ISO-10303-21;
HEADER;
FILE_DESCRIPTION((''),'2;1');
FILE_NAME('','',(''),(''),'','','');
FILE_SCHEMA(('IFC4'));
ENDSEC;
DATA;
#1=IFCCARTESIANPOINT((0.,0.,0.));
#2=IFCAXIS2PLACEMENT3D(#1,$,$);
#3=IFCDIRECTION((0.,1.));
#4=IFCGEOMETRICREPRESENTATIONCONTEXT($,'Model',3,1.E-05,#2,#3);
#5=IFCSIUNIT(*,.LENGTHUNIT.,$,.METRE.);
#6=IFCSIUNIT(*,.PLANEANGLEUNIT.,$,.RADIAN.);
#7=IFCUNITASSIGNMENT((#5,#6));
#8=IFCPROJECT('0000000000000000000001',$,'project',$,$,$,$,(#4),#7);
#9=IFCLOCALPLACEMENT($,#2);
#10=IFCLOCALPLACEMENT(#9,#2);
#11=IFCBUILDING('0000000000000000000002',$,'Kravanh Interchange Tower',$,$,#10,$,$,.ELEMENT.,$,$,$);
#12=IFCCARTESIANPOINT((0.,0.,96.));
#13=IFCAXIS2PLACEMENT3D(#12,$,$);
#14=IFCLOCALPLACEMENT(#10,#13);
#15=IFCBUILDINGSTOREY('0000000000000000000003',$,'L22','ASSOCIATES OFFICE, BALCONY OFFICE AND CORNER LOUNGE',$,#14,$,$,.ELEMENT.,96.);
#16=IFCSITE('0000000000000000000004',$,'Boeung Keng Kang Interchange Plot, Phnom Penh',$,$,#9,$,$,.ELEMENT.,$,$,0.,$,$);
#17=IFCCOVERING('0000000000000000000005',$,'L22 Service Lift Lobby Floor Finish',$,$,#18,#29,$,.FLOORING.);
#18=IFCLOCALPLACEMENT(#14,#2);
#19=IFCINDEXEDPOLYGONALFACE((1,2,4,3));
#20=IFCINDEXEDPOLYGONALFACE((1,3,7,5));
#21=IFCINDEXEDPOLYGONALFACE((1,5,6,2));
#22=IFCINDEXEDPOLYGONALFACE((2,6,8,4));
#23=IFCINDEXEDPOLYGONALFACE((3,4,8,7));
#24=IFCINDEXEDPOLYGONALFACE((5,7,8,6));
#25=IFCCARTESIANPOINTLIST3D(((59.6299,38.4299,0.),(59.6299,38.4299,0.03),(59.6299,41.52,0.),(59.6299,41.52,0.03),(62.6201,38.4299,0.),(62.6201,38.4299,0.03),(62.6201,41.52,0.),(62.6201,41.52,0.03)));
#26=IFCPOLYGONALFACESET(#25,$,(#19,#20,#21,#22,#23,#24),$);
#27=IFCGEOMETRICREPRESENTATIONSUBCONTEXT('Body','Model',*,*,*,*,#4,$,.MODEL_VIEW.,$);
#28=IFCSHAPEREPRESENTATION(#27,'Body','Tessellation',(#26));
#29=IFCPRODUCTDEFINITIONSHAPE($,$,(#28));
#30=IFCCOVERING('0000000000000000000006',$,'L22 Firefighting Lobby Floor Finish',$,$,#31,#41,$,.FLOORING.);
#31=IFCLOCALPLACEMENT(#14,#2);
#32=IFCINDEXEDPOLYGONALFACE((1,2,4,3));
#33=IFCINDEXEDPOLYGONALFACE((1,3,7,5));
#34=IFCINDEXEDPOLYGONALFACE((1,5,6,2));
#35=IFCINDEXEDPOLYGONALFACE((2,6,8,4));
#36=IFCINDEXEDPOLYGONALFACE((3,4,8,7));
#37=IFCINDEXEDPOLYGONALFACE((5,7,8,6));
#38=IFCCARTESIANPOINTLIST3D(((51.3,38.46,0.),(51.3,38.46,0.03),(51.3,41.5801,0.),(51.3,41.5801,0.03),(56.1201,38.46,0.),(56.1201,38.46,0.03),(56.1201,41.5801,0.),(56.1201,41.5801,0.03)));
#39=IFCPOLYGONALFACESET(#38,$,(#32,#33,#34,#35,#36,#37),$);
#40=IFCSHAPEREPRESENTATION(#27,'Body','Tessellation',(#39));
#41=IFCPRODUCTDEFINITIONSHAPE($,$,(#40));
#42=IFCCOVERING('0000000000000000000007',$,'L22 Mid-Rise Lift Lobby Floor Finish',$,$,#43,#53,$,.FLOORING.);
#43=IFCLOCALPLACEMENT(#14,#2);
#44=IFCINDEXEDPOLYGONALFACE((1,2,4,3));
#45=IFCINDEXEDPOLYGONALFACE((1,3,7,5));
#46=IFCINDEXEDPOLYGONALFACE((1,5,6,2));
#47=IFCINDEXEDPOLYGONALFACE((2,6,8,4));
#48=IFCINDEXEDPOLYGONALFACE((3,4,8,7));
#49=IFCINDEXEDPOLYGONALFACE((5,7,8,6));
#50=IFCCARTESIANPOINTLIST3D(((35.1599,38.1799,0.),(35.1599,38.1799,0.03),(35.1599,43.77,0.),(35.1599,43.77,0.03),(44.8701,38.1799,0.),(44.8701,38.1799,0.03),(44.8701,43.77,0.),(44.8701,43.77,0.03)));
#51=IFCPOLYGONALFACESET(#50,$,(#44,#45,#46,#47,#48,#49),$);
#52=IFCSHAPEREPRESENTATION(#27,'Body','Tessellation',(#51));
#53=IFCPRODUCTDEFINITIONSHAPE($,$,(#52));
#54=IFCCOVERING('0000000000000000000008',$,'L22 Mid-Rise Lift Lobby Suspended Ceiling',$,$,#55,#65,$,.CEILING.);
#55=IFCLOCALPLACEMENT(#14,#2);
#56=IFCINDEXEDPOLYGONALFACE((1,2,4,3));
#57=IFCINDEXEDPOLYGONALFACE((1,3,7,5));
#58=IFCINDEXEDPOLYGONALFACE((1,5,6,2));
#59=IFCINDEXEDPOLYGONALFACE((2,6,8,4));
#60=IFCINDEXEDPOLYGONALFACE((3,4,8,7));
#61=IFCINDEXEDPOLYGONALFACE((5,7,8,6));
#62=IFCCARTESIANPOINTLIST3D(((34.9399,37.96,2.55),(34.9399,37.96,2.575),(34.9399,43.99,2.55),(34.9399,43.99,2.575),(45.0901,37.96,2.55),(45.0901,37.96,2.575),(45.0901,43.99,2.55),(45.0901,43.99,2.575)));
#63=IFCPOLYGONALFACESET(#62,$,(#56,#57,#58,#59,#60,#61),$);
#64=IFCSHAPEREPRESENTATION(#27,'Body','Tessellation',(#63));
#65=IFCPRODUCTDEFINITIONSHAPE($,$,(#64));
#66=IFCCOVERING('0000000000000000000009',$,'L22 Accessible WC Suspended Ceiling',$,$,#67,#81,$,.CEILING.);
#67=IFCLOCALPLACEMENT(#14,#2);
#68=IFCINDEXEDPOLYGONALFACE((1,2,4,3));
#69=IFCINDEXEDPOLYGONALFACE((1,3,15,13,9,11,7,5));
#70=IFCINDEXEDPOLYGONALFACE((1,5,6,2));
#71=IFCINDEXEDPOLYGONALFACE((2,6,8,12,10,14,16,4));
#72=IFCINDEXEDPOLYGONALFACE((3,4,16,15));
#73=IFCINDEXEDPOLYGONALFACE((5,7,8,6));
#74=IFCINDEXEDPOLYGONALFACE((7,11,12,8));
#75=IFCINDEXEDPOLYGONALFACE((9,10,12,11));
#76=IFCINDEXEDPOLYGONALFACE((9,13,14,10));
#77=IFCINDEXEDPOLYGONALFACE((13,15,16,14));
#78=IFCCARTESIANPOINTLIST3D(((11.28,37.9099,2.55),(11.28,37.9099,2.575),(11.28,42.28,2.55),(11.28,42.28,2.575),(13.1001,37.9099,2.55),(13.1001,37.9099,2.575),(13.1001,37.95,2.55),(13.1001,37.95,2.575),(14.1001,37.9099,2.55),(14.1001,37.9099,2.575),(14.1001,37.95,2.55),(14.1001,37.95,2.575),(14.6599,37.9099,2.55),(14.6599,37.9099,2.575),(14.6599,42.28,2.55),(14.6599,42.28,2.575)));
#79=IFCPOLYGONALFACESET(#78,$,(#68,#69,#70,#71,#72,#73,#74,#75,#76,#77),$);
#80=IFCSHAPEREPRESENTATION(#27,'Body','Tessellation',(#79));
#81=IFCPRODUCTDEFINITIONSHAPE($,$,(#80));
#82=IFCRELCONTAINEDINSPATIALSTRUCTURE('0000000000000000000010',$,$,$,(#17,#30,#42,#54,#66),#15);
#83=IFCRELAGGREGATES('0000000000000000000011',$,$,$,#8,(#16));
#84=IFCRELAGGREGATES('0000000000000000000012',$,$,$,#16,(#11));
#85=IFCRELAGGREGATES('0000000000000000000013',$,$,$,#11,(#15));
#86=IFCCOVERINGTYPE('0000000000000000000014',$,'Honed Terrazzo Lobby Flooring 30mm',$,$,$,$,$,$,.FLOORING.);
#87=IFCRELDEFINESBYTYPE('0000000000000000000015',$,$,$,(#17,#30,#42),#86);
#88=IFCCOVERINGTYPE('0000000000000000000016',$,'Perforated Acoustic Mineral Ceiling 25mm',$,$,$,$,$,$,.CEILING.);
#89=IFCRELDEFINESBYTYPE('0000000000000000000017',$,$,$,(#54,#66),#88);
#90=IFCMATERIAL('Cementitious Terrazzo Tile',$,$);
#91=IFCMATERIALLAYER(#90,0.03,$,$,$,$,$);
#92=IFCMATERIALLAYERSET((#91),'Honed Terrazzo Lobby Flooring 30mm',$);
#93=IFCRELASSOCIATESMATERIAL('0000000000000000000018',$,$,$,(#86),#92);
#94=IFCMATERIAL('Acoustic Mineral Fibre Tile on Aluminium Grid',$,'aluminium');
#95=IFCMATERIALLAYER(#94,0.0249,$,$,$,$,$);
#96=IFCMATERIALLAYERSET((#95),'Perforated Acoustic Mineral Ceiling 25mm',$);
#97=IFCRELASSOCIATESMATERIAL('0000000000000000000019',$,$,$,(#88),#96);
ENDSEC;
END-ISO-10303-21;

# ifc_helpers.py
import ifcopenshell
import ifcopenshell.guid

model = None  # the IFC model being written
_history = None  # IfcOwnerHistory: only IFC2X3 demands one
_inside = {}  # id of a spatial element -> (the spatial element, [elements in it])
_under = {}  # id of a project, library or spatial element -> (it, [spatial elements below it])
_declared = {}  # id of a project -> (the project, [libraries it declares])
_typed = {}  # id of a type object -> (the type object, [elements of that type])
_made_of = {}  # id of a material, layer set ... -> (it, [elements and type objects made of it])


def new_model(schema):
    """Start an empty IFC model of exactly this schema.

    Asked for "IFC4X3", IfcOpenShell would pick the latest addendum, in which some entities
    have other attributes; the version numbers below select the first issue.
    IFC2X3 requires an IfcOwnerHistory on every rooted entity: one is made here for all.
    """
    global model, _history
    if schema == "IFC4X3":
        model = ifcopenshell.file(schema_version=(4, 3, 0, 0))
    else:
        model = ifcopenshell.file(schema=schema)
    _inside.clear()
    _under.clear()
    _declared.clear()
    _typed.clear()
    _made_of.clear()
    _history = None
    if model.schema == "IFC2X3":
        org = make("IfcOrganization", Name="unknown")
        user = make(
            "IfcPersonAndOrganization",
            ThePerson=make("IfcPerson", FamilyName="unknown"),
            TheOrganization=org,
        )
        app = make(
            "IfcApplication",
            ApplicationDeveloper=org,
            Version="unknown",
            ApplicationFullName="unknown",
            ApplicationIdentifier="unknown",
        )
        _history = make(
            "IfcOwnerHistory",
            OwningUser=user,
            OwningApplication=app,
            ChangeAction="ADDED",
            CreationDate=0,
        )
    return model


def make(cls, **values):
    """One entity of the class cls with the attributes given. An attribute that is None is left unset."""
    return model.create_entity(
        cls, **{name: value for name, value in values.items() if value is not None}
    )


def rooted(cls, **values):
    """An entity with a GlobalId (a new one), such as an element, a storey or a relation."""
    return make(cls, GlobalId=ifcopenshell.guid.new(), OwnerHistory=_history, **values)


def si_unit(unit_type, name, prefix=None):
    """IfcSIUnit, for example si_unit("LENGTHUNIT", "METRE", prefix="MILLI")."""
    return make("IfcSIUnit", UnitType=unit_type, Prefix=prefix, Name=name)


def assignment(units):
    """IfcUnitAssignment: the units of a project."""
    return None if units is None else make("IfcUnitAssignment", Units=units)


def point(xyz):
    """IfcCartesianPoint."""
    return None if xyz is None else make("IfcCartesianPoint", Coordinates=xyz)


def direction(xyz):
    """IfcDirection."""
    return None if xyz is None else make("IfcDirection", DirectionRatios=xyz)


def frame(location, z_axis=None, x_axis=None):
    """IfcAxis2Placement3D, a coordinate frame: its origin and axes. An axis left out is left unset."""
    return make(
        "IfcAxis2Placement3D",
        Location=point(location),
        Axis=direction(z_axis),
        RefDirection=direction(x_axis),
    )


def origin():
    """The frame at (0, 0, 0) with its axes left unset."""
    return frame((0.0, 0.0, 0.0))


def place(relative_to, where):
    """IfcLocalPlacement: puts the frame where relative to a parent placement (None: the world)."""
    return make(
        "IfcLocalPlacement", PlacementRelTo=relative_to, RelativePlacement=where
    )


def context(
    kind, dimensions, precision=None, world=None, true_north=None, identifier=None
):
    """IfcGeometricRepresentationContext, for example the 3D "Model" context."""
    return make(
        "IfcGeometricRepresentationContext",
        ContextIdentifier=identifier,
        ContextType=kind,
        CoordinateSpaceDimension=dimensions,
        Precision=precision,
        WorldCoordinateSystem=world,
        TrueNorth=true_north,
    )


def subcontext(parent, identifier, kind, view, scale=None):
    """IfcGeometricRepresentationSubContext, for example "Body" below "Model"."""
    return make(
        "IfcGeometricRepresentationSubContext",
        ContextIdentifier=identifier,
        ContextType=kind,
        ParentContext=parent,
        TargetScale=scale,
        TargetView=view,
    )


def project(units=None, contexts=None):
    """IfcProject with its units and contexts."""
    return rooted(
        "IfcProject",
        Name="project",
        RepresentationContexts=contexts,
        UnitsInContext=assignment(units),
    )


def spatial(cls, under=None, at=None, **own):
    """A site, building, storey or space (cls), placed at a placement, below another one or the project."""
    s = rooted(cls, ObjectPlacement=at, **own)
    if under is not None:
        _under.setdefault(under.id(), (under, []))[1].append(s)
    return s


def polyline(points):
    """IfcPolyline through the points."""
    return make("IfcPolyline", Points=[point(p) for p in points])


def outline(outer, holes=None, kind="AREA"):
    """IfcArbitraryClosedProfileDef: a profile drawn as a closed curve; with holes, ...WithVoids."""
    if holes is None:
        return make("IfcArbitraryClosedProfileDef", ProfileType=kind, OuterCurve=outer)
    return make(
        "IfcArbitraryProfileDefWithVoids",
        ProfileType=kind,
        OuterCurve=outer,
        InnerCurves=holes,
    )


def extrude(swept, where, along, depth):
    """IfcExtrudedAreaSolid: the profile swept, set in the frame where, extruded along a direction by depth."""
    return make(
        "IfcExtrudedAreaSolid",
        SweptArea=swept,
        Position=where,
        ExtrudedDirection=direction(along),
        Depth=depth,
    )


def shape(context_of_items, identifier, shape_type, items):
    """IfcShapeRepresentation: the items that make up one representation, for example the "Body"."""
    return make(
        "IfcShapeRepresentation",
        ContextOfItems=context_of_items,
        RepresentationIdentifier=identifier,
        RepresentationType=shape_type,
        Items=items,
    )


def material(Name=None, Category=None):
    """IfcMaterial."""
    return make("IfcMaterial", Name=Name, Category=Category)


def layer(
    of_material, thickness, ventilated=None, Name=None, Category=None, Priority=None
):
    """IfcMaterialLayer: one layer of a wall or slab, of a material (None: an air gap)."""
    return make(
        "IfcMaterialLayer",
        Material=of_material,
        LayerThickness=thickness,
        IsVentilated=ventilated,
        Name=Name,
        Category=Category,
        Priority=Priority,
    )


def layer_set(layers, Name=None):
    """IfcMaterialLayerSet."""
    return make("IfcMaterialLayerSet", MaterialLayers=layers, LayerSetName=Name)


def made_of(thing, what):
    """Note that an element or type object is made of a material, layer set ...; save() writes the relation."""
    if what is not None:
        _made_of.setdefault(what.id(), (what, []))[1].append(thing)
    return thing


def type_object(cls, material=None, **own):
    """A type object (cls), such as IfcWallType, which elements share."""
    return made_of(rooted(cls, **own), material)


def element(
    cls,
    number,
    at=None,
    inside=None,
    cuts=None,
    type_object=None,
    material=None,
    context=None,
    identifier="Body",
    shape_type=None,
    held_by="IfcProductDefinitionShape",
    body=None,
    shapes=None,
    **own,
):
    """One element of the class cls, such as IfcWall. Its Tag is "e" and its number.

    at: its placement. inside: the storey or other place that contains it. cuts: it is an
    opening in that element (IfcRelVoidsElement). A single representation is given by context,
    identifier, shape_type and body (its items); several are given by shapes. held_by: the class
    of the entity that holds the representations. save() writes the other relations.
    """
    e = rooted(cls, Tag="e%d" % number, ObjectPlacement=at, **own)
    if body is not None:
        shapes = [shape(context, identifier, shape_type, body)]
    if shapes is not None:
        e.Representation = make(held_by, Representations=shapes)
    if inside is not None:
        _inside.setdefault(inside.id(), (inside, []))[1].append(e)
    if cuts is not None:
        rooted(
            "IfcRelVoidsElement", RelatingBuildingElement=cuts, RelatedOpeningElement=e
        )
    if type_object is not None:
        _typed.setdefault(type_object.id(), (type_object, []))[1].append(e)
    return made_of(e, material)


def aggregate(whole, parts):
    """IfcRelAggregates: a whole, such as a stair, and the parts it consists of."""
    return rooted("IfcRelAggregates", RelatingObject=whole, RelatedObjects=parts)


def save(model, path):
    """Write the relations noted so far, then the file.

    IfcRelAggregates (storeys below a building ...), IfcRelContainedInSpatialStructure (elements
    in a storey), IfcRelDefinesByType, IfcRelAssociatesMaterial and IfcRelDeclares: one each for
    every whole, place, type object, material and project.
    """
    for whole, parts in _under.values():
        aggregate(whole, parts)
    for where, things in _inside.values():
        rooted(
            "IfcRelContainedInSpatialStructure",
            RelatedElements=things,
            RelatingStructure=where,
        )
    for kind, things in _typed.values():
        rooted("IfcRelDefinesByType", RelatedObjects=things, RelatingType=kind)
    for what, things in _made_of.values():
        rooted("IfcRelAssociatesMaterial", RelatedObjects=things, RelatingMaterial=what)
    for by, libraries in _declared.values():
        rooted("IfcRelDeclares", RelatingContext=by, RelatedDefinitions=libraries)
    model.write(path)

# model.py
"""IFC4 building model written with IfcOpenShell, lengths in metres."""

from ifc_helpers import new_model, si_unit, direction, frame, origin, place, context, subcontext, project, spatial, polyline, outline, extrude, material, layer, layer_set, type_object, element, save


model = new_model("IFC4")

# Units and contexts
model_context = context("Model", 3, precision=1e-05, world=origin(), true_north=direction((0.0, 1.0)))
body_context = subcontext(model_context, "Body", "Model", "MODEL_VIEW")
ifc_project = project(units=[si_unit("LENGTHUNIT", "METRE"), si_unit("PLANEANGLEUNIT", "RADIAN")], contexts=[model_context])

# Site, building, storey
site_placement = place(None, origin())
site = spatial("IfcSite", under=ifc_project, at=site_placement, Name="Boeung Keng Kang Interchange Plot, Phnom Penh", CompositionType="ELEMENT", RefElevation=0.0)
building_placement = place(site_placement, origin())
building = spatial("IfcBuilding", under=site, at=building_placement, Name="Kravanh Interchange Tower", CompositionType="ELEMENT")
storey_placement = place(building_placement, frame((0.0, 0.0, 96.0)))
storey = spatial("IfcBuildingStorey", under=building, at=storey_placement, Name="L22", Description="ASSOCIATES OFFICE, BALCONY OFFICE AND CORNER LOUNGE", CompositionType="ELEMENT", Elevation=96.0)

# Coverings
ifc_material_1 = material(Name="Cementitious Terrazzo Tile")
ifc_layer_1 = layer(ifc_material_1, 0.03)
ifc_layer_set_1 = layer_set([ifc_layer_1], Name="Honed Terrazzo Lobby Flooring 30mm")
covering_type_1 = type_object("IfcCoveringType", Name="Honed Terrazzo Lobby Flooring 30mm", PredefinedType="FLOORING", material=ifc_layer_set_1)
covering_1_placement = place(storey_placement, origin())
element("IfcCovering", 1, at=covering_1_placement, inside=storey, type_object=covering_type_1, Name="L22 Service Lift Lobby Floor Finish", PredefinedType="FLOORING", context=body_context, shape_type="SweptSolid", body=[
    extrude(outline(polyline([(59.6299, 41.52), (62.6201, 41.52), (62.6201, 38.4299), (59.6299, 38.4299), (59.6299, 41.52)])), origin(), (0.0, 0.0, 1.0), 0.03),
])
covering_2_placement = place(storey_placement, origin())
element("IfcCovering", 2, at=covering_2_placement, inside=storey, type_object=covering_type_1, Name="L22 Firefighting Lobby Floor Finish", PredefinedType="FLOORING", context=body_context, shape_type="SweptSolid", body=[
    extrude(outline(polyline([(56.1201, 38.46), (51.3, 38.46), (51.3, 41.5801), (56.1201, 41.5801), (56.1201, 38.46)])), origin(), (0.0, 0.0, 1.0), 0.03),
])
covering_3_placement = place(storey_placement, origin())
element("IfcCovering", 3, at=covering_3_placement, inside=storey, type_object=covering_type_1, Name="L22 Mid-Rise Lift Lobby Floor Finish", PredefinedType="FLOORING", context=body_context, shape_type="SweptSolid", body=[
    extrude(outline(polyline([(35.1599, 43.77), (44.8701, 43.77), (44.8701, 38.1799), (35.1599, 38.1799), (35.1599, 43.77)])), origin(), (0.0, 0.0, 1.0), 0.03),
])
ifc_material_2 = material(Name="Acoustic Mineral Fibre Tile on Aluminium Grid", Category="aluminium")
ifc_layer_2 = layer(ifc_material_2, 0.0249)
ifc_layer_set_2 = layer_set([ifc_layer_2], Name="Perforated Acoustic Mineral Ceiling 25mm")
covering_type_2 = type_object("IfcCoveringType", Name="Perforated Acoustic Mineral Ceiling 25mm", PredefinedType="CEILING", material=ifc_layer_set_2)
covering_4_placement = place(storey_placement, frame((0.0, 0.0, 2.55)))
element("IfcCovering", 4, at=covering_4_placement, inside=storey, type_object=covering_type_2, Name="L22 Mid-Rise Lift Lobby Suspended Ceiling", PredefinedType="CEILING", context=body_context, shape_type="SweptSolid", body=[
    extrude(outline(polyline([(45.0901, 37.96), (34.9399, 37.96), (34.9399, 43.99), (45.0901, 43.99), (45.0901, 37.96)])), origin(), (0.0, 0.0, 1.0), 0.0249),
])
covering_5_placement = place(storey_placement, frame((0.0, 0.0, 2.55)))
element("IfcCovering", 5, at=covering_5_placement, inside=storey, type_object=covering_type_2, Name="L22 Accessible WC Suspended Ceiling", PredefinedType="CEILING", context=body_context, shape_type="SweptSolid", body=[
    extrude(outline(polyline([(14.6599, 42.28), (14.6599, 37.9099), (14.1001, 37.9099), (14.1001, 37.95), (13.1001, 37.95), (13.1001, 37.9099), (11.28, 37.9099), (11.28, 42.28), (14.6599, 42.28)])), origin(), (0.0, 0.0, 1.0), 0.0249),
])

save(model, "model.ifc")
